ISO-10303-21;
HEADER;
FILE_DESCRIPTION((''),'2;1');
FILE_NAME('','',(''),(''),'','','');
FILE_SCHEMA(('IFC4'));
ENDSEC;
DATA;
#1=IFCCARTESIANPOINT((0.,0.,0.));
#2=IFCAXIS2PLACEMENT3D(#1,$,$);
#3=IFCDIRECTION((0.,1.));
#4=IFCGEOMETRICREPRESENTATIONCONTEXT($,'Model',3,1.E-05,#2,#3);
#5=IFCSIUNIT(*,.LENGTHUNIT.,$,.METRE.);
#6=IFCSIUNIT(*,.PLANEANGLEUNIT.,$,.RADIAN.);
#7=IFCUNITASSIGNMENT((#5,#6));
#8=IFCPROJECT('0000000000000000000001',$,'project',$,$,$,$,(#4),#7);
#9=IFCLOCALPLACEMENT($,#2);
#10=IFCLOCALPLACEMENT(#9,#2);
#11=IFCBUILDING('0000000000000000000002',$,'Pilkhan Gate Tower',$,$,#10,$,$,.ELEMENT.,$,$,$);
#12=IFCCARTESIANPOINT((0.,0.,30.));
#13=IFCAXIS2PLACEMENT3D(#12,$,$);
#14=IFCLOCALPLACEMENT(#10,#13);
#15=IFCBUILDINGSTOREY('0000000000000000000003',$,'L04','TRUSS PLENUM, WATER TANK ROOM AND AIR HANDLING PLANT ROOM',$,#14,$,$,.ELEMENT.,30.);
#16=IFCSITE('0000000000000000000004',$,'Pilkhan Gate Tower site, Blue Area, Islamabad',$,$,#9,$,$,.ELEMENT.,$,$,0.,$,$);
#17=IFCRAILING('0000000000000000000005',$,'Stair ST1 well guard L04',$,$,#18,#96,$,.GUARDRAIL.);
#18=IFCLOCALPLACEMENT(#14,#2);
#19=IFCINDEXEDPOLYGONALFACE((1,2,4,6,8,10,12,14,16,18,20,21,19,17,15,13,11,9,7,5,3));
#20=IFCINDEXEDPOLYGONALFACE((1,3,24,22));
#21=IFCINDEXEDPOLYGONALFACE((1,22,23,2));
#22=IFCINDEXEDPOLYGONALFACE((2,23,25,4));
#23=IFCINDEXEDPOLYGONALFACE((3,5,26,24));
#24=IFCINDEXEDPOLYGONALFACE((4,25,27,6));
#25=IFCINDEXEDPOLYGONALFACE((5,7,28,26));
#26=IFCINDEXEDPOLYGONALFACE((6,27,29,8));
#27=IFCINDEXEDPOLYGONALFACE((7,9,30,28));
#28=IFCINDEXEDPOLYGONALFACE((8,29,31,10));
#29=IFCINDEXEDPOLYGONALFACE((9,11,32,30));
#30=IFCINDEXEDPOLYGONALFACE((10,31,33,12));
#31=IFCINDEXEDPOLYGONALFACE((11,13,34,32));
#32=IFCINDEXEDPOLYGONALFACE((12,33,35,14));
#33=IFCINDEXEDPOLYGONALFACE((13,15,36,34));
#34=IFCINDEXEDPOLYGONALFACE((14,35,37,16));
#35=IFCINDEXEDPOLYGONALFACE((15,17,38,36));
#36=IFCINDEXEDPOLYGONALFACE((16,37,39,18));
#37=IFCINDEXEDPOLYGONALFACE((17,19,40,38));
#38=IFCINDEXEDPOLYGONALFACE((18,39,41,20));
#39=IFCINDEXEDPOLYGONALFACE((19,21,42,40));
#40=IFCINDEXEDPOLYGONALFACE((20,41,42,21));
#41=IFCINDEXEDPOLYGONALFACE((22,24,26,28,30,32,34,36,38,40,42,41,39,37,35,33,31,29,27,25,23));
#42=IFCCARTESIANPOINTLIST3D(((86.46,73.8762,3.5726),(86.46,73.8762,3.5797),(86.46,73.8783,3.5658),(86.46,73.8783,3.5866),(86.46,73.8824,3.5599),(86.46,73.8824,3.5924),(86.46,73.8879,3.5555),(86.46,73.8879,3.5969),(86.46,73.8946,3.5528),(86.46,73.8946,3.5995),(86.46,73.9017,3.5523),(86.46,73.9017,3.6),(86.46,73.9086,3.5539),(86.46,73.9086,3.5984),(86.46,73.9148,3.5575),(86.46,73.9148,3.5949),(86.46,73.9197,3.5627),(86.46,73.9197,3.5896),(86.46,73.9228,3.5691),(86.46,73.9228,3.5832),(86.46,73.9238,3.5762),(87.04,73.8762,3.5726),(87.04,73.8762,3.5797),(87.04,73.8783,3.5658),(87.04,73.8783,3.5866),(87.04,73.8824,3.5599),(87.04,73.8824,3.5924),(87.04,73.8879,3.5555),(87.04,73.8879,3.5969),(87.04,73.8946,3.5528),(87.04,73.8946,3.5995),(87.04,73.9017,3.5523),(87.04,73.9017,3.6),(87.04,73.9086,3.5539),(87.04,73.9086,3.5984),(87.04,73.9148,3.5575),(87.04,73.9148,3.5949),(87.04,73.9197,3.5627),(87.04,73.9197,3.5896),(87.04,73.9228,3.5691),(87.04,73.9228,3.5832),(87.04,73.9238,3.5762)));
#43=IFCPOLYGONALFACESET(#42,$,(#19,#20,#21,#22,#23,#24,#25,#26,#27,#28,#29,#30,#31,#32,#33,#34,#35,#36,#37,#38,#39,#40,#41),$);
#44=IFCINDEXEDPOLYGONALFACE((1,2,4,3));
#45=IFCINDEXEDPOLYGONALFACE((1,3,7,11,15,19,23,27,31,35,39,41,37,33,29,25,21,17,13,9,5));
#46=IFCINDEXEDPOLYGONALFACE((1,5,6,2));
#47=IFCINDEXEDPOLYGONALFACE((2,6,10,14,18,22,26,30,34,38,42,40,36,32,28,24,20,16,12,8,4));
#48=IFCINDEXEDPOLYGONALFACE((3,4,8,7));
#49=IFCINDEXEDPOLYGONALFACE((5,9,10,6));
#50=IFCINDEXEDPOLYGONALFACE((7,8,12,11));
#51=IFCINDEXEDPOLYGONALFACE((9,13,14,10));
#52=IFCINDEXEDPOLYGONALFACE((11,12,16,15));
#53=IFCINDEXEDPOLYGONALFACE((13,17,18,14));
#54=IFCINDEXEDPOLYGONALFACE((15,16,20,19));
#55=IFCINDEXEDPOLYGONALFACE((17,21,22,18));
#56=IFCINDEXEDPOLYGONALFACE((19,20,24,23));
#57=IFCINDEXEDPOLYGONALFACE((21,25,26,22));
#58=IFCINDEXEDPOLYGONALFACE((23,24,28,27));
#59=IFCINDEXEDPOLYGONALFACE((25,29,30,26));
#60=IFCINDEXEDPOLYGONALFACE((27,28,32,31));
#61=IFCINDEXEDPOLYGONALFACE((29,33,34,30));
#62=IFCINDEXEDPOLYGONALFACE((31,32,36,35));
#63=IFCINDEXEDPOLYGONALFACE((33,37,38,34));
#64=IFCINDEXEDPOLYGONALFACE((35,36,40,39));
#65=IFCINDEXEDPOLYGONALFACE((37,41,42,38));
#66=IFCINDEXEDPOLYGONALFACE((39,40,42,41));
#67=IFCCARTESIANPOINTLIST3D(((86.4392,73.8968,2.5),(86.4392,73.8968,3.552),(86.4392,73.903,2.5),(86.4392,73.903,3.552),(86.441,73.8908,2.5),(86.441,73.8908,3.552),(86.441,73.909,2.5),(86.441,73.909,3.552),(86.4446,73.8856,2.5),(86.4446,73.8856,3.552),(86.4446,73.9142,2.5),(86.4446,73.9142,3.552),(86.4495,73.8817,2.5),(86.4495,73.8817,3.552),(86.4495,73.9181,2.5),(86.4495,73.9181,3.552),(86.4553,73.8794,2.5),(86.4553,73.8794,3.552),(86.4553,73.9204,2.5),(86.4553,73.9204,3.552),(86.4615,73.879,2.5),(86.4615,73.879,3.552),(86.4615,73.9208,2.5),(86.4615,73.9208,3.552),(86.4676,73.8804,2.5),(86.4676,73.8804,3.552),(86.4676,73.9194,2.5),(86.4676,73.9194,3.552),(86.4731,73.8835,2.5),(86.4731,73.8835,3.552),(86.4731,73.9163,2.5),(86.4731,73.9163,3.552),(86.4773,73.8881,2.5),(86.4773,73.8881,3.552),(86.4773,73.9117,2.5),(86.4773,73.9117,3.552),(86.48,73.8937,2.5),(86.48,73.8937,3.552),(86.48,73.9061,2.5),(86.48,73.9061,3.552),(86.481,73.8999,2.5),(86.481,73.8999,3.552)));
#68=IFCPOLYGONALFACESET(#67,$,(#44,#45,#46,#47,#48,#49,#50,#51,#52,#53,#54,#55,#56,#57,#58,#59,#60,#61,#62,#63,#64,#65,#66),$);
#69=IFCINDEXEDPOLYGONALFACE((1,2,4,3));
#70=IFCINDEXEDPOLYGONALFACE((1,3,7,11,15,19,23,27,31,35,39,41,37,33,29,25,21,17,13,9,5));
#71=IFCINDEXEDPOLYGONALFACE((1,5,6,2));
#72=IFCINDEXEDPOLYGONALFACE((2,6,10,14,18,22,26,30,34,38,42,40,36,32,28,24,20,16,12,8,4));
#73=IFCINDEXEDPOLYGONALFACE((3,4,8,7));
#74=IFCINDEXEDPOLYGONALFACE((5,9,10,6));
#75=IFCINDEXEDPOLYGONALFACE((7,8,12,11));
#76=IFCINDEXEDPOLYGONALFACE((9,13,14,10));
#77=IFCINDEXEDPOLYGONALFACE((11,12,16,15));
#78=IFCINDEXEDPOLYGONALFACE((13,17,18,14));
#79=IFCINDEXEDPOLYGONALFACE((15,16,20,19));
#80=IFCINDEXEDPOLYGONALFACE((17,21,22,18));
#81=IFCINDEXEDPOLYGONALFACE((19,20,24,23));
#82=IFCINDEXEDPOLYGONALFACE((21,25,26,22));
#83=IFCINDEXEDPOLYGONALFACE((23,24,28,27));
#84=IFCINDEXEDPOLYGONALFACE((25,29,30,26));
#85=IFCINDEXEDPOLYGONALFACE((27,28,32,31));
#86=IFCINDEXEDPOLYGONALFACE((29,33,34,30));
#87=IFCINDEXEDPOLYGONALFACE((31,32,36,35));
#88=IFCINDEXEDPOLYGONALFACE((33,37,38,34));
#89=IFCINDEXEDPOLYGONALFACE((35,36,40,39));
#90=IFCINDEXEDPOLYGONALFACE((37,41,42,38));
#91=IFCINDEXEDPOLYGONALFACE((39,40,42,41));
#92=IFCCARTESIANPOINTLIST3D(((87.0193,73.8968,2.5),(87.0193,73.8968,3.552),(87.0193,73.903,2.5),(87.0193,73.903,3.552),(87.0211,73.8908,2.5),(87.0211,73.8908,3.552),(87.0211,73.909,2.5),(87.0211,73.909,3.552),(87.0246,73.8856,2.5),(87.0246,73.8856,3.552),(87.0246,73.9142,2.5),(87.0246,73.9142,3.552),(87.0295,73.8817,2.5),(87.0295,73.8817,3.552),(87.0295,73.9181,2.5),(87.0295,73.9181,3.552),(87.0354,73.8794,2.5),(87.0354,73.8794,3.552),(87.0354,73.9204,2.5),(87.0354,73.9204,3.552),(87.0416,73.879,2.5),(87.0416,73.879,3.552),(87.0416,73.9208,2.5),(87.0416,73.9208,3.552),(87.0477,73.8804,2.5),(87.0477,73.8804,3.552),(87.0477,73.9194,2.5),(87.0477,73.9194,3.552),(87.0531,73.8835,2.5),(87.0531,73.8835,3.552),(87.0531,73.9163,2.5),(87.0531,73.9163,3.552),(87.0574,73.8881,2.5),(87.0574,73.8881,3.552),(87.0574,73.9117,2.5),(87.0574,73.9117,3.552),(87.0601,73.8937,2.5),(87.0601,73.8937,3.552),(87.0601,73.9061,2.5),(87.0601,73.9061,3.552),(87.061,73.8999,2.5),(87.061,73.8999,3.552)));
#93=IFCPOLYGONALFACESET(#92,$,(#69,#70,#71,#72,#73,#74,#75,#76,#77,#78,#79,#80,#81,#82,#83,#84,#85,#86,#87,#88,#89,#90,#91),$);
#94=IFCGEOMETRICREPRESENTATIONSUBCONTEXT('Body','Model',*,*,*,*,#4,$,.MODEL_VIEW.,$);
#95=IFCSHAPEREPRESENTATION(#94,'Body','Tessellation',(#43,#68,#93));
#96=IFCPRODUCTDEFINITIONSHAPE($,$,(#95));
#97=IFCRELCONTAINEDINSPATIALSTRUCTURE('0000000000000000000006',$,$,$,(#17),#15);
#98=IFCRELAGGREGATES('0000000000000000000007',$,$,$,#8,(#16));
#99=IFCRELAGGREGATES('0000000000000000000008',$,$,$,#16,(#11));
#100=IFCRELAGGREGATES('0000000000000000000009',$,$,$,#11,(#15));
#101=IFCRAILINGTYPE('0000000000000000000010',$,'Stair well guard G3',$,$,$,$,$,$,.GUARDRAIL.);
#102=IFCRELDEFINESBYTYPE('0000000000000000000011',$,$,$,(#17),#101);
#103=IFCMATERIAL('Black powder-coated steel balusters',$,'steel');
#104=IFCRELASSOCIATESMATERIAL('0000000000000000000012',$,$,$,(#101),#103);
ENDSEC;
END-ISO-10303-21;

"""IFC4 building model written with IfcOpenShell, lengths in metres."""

from ifc_helpers import new_model, si_unit, direction, frame, origin, origin_2d, place, context, subcontext, project, spatial, circle, extrude, material, type_object, element, save


model = new_model("IFC4")

# Units and contexts
model_context = context("Model", 3, precision=1e-05, world=origin(), true_north=direction((0.0, 1.0)))
body_context = subcontext(model_context, "Body", "Model", "MODEL_VIEW")
ifc_project = project(units=[si_unit("LENGTHUNIT", "METRE"), si_unit("PLANEANGLEUNIT", "RADIAN")], contexts=[model_context])

# Site, building, storey
site_placement = place(None, origin())
site = spatial("IfcSite", under=ifc_project, at=site_placement, Name="Pilkhan Gate Tower site, Blue Area, Islamabad", CompositionType="ELEMENT", RefElevation=0.0)
building_placement = place(site_placement, origin())
building = spatial("IfcBuilding", under=site, at=building_placement, Name="Pilkhan Gate Tower", CompositionType="ELEMENT")
storey_placement = place(building_placement, frame((0.0, 0.0, 30.0)))
storey = spatial("IfcBuildingStorey", under=building, at=storey_placement, Name="L04", Description="TRUSS PLENUM, WATER TANK ROOM AND AIR HANDLING PLANT ROOM", CompositionType="ELEMENT", Elevation=30.0)

# Railing
ifc_material_1 = material(Name="Black powder-coated steel balusters", Category="steel")
railing_type_1 = type_object("IfcRailingType", Name="Stair well guard G3", PredefinedType="GUARDRAIL", material=ifc_material_1)
for number, where, name in (
    (1, (86.46, 73.8999, 2.5), "Stair ST1 well guard L04"),
):
    element("IfcRailing", number, at=place(storey_placement, frame(where)), inside=storey, type_object=railing_type_1, Name=name, PredefinedType="GUARDRAIL", context=body_context, shape_type="SweptSolid", body=[
        extrude(circle(Radius=0.0239, at=origin_2d()), frame((0.0, 0.0, 1.0762), z_axis=(1.0, 0.0, 0.0), x_axis=(0.0, 1.0, 0.0)), (0.0, 0.0, 1.0), 0.5801),
        extrude(circle(Radius=0.021, at=origin_2d()), origin(), (0.0, 0.0, 1.0), 1.052),
        extrude(circle(Radius=0.021, at=origin_2d()), frame((0.5801, 0.0, 0.0)), (0.0, 0.0, 1.0), 1.052),
    ])

save(model, "model.ifc")
